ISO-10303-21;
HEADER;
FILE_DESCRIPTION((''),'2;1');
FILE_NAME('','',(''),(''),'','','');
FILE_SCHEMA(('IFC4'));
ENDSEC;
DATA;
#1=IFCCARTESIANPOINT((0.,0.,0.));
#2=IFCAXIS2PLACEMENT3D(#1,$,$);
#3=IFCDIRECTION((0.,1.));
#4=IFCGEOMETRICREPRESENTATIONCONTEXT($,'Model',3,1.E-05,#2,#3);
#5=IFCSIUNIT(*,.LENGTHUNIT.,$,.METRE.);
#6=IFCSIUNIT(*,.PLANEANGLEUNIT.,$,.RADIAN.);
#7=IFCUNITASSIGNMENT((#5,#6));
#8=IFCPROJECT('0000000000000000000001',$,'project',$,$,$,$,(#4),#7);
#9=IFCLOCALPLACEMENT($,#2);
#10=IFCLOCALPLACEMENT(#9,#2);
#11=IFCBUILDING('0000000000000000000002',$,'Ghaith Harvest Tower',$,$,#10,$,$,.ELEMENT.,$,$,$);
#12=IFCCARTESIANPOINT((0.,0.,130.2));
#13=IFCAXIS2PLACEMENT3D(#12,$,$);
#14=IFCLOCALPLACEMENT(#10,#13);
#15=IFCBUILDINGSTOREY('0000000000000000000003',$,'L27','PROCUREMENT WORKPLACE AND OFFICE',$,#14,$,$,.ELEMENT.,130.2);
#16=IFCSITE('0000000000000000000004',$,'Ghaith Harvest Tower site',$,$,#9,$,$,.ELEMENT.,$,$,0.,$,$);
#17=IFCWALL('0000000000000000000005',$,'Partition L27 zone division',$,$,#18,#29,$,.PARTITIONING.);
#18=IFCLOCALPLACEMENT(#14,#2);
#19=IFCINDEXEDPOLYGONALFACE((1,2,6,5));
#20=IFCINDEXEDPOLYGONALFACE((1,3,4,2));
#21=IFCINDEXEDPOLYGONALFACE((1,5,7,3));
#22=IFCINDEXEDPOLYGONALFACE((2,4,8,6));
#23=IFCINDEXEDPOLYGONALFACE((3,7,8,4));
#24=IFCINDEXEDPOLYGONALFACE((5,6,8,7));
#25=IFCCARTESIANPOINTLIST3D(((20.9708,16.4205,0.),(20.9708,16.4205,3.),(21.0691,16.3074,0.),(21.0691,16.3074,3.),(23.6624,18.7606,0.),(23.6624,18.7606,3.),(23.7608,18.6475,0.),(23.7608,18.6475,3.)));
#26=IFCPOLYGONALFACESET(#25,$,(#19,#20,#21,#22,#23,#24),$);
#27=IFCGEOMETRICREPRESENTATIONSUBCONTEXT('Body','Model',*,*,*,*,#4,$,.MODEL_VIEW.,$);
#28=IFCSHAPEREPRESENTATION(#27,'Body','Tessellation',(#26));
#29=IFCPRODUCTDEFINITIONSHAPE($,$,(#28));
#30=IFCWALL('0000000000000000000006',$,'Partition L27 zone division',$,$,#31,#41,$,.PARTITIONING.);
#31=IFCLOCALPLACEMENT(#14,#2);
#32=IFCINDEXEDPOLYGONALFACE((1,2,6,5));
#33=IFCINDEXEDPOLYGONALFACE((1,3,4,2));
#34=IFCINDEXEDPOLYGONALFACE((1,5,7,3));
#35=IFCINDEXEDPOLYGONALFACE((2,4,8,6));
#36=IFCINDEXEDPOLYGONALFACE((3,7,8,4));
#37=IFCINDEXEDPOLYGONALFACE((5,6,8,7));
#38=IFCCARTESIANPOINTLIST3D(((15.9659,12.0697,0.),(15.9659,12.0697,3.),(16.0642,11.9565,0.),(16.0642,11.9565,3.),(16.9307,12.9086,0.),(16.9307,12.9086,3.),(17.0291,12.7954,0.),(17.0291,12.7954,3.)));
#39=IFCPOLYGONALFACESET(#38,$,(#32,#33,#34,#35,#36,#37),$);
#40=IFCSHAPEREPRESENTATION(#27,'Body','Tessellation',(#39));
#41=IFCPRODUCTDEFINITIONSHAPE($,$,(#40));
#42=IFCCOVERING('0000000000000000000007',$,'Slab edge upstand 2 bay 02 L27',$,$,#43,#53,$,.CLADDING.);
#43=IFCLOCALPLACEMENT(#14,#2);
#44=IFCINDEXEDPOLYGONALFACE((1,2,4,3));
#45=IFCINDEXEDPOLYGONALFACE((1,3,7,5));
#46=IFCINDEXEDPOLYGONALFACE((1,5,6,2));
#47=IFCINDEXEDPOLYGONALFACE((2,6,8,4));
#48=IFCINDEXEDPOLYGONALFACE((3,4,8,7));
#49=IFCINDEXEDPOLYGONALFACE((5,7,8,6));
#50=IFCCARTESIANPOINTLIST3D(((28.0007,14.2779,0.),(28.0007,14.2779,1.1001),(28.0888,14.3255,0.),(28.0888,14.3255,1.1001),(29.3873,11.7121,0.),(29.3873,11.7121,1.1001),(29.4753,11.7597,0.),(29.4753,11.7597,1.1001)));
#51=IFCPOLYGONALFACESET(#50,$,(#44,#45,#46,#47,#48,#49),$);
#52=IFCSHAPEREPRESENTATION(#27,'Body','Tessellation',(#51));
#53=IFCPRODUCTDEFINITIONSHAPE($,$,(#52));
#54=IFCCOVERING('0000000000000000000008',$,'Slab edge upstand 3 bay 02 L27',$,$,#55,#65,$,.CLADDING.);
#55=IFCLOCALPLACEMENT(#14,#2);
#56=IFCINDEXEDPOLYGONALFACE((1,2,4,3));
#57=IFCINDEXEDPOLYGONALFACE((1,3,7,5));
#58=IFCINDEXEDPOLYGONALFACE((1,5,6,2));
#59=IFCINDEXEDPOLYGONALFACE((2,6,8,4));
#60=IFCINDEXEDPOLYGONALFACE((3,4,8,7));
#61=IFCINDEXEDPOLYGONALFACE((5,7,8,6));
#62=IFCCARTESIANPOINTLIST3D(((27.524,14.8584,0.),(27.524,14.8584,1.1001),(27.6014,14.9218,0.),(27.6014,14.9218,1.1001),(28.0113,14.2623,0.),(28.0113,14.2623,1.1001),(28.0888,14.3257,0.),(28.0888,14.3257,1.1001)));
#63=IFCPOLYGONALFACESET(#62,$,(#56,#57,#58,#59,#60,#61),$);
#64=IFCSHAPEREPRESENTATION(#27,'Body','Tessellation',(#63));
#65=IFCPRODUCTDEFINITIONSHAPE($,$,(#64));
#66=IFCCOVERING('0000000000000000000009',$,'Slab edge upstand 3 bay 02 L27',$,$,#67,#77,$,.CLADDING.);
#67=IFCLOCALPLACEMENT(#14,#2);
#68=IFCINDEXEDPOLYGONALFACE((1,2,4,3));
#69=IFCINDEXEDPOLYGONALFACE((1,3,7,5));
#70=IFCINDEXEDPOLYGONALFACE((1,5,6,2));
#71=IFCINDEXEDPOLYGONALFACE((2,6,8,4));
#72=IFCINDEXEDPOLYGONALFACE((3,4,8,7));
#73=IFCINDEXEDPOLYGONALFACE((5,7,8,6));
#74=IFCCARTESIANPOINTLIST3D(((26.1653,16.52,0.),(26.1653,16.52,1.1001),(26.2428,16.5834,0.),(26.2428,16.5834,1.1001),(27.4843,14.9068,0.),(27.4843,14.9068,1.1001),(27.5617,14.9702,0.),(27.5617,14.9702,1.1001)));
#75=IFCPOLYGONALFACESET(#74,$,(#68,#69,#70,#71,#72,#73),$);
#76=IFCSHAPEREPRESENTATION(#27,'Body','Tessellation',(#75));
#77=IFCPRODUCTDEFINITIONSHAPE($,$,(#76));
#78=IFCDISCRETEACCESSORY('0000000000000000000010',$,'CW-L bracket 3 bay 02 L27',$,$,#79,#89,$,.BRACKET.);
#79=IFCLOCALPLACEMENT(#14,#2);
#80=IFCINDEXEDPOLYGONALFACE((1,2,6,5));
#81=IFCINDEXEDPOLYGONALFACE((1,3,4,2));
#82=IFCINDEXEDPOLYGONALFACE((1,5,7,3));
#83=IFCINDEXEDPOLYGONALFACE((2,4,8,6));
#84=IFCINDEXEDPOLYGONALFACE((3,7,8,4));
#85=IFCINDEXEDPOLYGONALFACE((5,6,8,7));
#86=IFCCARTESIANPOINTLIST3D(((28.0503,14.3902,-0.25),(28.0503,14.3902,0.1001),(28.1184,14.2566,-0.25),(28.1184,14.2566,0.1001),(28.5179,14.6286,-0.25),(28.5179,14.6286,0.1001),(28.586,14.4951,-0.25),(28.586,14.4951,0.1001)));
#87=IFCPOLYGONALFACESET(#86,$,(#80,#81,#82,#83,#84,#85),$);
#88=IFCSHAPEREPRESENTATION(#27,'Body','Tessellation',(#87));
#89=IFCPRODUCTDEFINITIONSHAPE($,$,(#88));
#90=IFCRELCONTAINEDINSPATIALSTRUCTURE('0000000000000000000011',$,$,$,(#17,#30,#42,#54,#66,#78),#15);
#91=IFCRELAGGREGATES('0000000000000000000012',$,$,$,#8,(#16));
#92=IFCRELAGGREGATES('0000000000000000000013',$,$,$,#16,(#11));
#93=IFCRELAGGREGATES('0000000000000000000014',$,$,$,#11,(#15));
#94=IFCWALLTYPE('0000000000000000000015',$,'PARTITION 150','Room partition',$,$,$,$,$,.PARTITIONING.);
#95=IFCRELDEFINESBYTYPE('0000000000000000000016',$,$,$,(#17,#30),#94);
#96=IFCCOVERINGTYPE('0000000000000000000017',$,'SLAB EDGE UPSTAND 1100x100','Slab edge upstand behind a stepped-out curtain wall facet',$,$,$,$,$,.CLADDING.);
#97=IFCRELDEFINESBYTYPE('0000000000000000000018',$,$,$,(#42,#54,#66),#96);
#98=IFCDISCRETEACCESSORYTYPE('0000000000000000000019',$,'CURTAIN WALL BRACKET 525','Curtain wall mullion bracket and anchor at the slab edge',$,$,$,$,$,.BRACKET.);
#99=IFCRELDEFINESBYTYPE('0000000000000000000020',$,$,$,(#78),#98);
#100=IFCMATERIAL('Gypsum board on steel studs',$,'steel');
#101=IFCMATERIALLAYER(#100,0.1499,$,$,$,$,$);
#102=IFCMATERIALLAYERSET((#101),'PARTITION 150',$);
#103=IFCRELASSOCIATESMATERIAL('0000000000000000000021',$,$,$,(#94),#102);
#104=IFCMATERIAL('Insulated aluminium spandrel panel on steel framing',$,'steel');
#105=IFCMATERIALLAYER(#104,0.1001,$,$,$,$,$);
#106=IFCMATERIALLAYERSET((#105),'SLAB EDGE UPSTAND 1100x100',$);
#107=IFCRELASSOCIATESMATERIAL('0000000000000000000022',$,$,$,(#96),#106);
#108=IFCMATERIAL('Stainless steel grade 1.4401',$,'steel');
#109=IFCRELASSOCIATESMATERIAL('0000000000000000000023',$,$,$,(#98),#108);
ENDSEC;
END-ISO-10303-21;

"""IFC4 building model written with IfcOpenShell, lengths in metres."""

from ifc_helpers import new_model, si_unit, direction, frame, frame_2d, origin, origin_2d, place, context, subcontext, project, spatial, rectangle, extrude, material, layer, layer_set, type_object, element, save


model = new_model("IFC4")

# Units and contexts
model_context = context("Model", 3, precision=1e-05, world=origin(), true_north=direction((0.0, 1.0)))
body_context = subcontext(model_context, "Body", "Model", "MODEL_VIEW")
ifc_project = project(units=[si_unit("LENGTHUNIT", "METRE"), si_unit("PLANEANGLEUNIT", "RADIAN")], contexts=[model_context])

# Site, building, storey
site_placement = place(None, origin())
site = spatial("IfcSite", under=ifc_project, at=site_placement, Name="Ghaith Harvest Tower site", CompositionType="ELEMENT", RefElevation=0.0)
building_placement = place(site_placement, origin())
building = spatial("IfcBuilding", under=site, at=building_placement, Name="Ghaith Harvest Tower", CompositionType="ELEMENT")
storey_placement = place(building_placement, frame((0.0, 0.0, 130.2)))
storey = spatial("IfcBuildingStorey", under=building, at=storey_placement, Name="L27", Description="PROCUREMENT WORKPLACE AND OFFICE", CompositionType="ELEMENT", Elevation=130.2)

# Walls
ifc_material_1 = material(Name="Gypsum board on steel studs", Category="steel")
ifc_layer_1 = layer(ifc_material_1, 0.1499)
ifc_layer_set_1 = layer_set([ifc_layer_1], Name="PARTITION 150")
wall_type_1 = type_object("IfcWallType", Name="PARTITION 150", Description="Room partition", PredefinedType="PARTITIONING", material=ifc_layer_set_1)
wall_1_placement = place(storey_placement, frame((21.02, 16.364, 0.0), z_axis=(0.0, 0.0, 1.0), x_axis=(0.754672, 0.656102, 0.0)))
element("IfcWall", 1, at=wall_1_placement, inside=storey, type_object=wall_type_1, Name="Partition L27 zone division", PredefinedType="PARTITIONING", context=body_context, shape_type="SweptSolid", body=[
    extrude(rectangle(XDim=3.5667, YDim=0.1499, at=frame_2d((1.7832, 0.0))), origin(), (0.0, 0.0, 1.0), 3.0),
])
wall_2_placement = place(storey_placement, frame((16.0151, 12.0132, 0.0), z_axis=(0.0, 0.0, 1.0), x_axis=(0.754655, 0.656122, 0.0)))
element("IfcWall", 2, at=wall_2_placement, inside=storey, type_object=wall_type_1, Name="Partition L27 zone division", PredefinedType="PARTITIONING", context=body_context, shape_type="SweptSolid", body=[
    extrude(rectangle(XDim=1.2786, YDim=0.1499, at=frame_2d((0.6392, 0.0))), origin(), (0.0, 0.0, 1.0), 3.0),
])

# Coverings
ifc_material_2 = material(Name="Insulated aluminium spandrel panel on steel framing", Category="steel")
ifc_layer_2 = layer(ifc_material_2, 0.1001)
ifc_layer_set_2 = layer_set([ifc_layer_2], Name="SLAB EDGE UPSTAND 1100x100")
covering_type = type_object("IfcCoveringType", Name="SLAB EDGE UPSTAND 1100x100", Description="Slab edge upstand behind a stepped-out curtain wall facet", PredefinedType="CLADDING", material=ifc_layer_set_2)
covering_1_placement = place(storey_placement, frame((28.738, 13.0188, 0.0), z_axis=(0.0, 0.0, 1.0), x_axis=(-0.475409, 0.879765, 0.0)))
element("IfcCovering", 3, at=covering_1_placement, inside=storey, type_object=covering_type, Name="Slab edge upstand 2 bay 02 L27", PredefinedType="CLADDING", context=body_context, shape_type="SweptSolid", body=[
    extrude(rectangle(XDim=2.9165, YDim=0.1001, at=origin_2d()), origin(), (0.0, 0.0, 1.0), 1.1001),
])
covering_2_placement = place(storey_placement, frame((27.8064, 14.592, 0.0), z_axis=(0.0, 0.0, 1.0), x_axis=(-0.63297, 0.774177, 0.0)))
element("IfcCovering", 4, at=covering_2_placement, inside=storey, type_object=covering_type, Name="Slab edge upstand 3 bay 02 L27", PredefinedType="CLADDING", context=body_context, shape_type="SweptSolid", body=[
    extrude(rectangle(XDim=0.77, YDim=0.1001, at=origin_2d()), origin(), (0.0, 0.0, 1.0), 1.1001),
])
covering_3_placement = place(storey_placement, frame((26.8635, 15.7451, 0.0), z_axis=(0.0, 0.0, 1.0), x_axis=(-0.63297, 0.774177, 0.0)))
element("IfcCovering", 5, at=covering_3_placement, inside=storey, type_object=covering_type, Name="Slab edge upstand 3 bay 02 L27", PredefinedType="CLADDING", context=body_context, shape_type="SweptSolid", body=[
    extrude(rectangle(XDim=2.0837, YDim=0.1001, at=origin_2d()), origin(), (0.0, 0.0, 1.0), 1.1001),
])

# Discrete accessory
ifc_material_3 = material(Name="Stainless steel grade 1.4401", Category="steel")
discrete_accessory_type = type_object("IfcDiscreteAccessoryType", Name="CURTAIN WALL BRACKET 525", Description="Curtain wall mullion bracket and anchor at the slab edge", PredefinedType="BRACKET", material=ifc_material_3)
discrete_accessory_placement = place(storey_placement, frame((28.3181, 14.4426, -0.25), z_axis=(0.0, 0.0, 1.0), x_axis=(0.890831, 0.454335, 0.0)))
element("IfcDiscreteAccessory", 6, at=discrete_accessory_placement, inside=storey, type_object=discrete_accessory_type, Name="CW-L bracket 3 bay 02 L27", PredefinedType="BRACKET", context=body_context, shape_type="SweptSolid", body=[
    extrude(rectangle(XDim=0.5249, YDim=0.1499, at=origin_2d()), origin(), (0.0, 0.0, 1.0), 0.3501),
])

save(model, "model.ifc")
